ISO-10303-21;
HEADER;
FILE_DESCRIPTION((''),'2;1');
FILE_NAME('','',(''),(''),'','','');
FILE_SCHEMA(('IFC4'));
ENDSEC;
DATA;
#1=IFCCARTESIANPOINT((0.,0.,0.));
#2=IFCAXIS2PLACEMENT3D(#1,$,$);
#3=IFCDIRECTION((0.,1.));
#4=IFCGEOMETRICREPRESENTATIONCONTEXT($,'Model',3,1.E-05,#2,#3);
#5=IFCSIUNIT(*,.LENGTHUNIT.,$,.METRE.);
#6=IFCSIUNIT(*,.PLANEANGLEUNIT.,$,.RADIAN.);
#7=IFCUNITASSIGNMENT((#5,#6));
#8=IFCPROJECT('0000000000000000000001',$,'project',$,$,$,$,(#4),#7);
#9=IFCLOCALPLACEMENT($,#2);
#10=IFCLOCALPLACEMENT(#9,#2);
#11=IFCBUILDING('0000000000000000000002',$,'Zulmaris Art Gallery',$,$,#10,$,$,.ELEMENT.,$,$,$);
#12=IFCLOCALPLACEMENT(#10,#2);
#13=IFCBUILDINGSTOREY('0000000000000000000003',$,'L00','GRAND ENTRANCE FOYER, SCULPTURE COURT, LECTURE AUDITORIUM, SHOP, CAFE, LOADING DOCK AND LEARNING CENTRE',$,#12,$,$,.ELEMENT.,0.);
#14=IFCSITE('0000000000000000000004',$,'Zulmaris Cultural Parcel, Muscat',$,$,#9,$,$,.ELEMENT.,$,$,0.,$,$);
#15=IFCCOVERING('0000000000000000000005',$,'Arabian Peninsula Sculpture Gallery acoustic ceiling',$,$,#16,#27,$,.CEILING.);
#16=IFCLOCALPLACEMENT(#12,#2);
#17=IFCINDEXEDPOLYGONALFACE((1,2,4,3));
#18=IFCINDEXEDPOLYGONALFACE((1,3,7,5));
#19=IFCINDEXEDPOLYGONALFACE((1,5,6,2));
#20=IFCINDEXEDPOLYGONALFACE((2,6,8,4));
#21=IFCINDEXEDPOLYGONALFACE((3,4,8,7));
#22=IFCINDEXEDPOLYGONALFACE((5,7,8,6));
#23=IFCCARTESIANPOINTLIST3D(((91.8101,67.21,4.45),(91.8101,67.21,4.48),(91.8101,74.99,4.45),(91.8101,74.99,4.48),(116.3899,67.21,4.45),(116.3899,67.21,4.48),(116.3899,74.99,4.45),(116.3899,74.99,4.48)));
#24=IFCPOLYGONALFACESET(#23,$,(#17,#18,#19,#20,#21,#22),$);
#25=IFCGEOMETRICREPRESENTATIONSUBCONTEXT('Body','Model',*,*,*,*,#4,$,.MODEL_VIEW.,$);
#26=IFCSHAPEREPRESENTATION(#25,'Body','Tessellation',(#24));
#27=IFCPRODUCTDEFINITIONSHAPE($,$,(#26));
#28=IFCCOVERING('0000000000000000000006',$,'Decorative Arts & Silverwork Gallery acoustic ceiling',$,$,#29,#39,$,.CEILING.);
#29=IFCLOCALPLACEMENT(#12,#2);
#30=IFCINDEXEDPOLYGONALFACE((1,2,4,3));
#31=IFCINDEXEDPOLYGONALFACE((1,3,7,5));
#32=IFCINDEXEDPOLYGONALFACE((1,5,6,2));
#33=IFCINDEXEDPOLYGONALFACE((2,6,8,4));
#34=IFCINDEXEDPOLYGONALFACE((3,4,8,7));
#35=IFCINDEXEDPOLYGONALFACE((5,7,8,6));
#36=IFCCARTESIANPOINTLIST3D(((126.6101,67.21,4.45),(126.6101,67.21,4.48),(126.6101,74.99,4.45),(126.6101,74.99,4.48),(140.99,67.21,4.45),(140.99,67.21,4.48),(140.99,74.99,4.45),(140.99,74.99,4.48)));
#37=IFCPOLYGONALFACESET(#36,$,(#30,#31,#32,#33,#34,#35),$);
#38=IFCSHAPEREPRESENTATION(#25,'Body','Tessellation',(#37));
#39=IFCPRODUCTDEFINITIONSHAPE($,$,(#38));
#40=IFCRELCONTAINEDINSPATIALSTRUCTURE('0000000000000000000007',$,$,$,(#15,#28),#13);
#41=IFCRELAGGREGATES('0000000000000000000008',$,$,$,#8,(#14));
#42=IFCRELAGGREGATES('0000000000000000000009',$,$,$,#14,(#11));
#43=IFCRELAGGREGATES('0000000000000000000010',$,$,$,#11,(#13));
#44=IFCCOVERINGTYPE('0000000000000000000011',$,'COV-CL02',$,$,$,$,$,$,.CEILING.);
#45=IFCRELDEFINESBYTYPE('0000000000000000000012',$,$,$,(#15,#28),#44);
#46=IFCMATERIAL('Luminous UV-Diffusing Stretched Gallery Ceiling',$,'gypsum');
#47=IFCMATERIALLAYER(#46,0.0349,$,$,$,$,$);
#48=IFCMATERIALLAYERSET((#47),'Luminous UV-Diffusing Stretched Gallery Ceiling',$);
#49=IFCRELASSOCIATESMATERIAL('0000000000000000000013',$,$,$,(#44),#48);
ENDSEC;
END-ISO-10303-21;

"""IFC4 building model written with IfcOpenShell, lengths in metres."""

from ifc_helpers import new_model, si_unit, direction, frame, origin, place, context, subcontext, project, spatial, polyline, outline, extrude, material, layer, layer_set, type_object, element, save


model = new_model("IFC4")

# Units and contexts
model_context = context("Model", 3, precision=1e-05, world=origin(), true_north=direction((0.0, 1.0)))
body_context = subcontext(model_context, "Body", "Model", "MODEL_VIEW")
ifc_project = project(units=[si_unit("LENGTHUNIT", "METRE"), si_unit("PLANEANGLEUNIT", "RADIAN")], contexts=[model_context])

# Site, building, storey
site_placement = place(None, origin())
site = spatial("IfcSite", under=ifc_project, at=site_placement, Name="Zulmaris Cultural Parcel, Muscat", CompositionType="ELEMENT", RefElevation=0.0)
building_placement = place(site_placement, origin())
building = spatial("IfcBuilding", under=site, at=building_placement, Name="Zulmaris Art Gallery", CompositionType="ELEMENT")
storey_placement = place(building_placement, origin())
storey = spatial("IfcBuildingStorey", under=building, at=storey_placement, Name="L00", Description="GRAND ENTRANCE FOYER, SCULPTURE COURT, LECTURE AUDITORIUM, SHOP, CAFE, LOADING DOCK AND LEARNING CENTRE", CompositionType="ELEMENT", Elevation=0.0)

# Coverings
ifc_material_1 = material(Name="Luminous UV-Diffusing Stretched Gallery Ceiling", Category="gypsum")
ifc_layer_1 = layer(ifc_material_1, 0.0349)
ifc_layer_set_1 = layer_set([ifc_layer_1], Name="Luminous UV-Diffusing Stretched Gallery Ceiling")
covering_type_1 = type_object("IfcCoveringType", Name="COV-CL02", PredefinedType="CEILING", material=ifc_layer_set_1)
covering_1_placement = place(storey_placement, frame((0.0, 0.0, 4.45)))
element("IfcCovering", 1, at=covering_1_placement, inside=storey, type_object=covering_type_1, Name="Arabian Peninsula Sculpture Gallery acoustic ceiling", PredefinedType="CEILING", context=body_context, shape_type="SweptSolid", body=[
    extrude(outline(polyline([(91.8101, 74.99), (116.3899, 74.99), (116.3899, 67.21), (91.8101, 67.21), (91.8101, 74.99)])), origin(), (0.0, 0.0, 1.0), 0.03),
])
covering_2_placement = place(storey_placement, frame((0.0, 0.0, 4.45)))
element("IfcCovering", 2, at=covering_2_placement, inside=storey, type_object=covering_type_1, Name="Decorative Arts & Silverwork Gallery acoustic ceiling", PredefinedType="CEILING", context=body_context, shape_type="SweptSolid", body=[
    extrude(outline(polyline([(126.6101, 74.99), (140.99, 74.99), (140.99, 67.21), (126.6101, 67.21), (126.6101, 74.99)])), origin(), (0.0, 0.0, 1.0), 0.03),
])

save(model, "model.ifc")
